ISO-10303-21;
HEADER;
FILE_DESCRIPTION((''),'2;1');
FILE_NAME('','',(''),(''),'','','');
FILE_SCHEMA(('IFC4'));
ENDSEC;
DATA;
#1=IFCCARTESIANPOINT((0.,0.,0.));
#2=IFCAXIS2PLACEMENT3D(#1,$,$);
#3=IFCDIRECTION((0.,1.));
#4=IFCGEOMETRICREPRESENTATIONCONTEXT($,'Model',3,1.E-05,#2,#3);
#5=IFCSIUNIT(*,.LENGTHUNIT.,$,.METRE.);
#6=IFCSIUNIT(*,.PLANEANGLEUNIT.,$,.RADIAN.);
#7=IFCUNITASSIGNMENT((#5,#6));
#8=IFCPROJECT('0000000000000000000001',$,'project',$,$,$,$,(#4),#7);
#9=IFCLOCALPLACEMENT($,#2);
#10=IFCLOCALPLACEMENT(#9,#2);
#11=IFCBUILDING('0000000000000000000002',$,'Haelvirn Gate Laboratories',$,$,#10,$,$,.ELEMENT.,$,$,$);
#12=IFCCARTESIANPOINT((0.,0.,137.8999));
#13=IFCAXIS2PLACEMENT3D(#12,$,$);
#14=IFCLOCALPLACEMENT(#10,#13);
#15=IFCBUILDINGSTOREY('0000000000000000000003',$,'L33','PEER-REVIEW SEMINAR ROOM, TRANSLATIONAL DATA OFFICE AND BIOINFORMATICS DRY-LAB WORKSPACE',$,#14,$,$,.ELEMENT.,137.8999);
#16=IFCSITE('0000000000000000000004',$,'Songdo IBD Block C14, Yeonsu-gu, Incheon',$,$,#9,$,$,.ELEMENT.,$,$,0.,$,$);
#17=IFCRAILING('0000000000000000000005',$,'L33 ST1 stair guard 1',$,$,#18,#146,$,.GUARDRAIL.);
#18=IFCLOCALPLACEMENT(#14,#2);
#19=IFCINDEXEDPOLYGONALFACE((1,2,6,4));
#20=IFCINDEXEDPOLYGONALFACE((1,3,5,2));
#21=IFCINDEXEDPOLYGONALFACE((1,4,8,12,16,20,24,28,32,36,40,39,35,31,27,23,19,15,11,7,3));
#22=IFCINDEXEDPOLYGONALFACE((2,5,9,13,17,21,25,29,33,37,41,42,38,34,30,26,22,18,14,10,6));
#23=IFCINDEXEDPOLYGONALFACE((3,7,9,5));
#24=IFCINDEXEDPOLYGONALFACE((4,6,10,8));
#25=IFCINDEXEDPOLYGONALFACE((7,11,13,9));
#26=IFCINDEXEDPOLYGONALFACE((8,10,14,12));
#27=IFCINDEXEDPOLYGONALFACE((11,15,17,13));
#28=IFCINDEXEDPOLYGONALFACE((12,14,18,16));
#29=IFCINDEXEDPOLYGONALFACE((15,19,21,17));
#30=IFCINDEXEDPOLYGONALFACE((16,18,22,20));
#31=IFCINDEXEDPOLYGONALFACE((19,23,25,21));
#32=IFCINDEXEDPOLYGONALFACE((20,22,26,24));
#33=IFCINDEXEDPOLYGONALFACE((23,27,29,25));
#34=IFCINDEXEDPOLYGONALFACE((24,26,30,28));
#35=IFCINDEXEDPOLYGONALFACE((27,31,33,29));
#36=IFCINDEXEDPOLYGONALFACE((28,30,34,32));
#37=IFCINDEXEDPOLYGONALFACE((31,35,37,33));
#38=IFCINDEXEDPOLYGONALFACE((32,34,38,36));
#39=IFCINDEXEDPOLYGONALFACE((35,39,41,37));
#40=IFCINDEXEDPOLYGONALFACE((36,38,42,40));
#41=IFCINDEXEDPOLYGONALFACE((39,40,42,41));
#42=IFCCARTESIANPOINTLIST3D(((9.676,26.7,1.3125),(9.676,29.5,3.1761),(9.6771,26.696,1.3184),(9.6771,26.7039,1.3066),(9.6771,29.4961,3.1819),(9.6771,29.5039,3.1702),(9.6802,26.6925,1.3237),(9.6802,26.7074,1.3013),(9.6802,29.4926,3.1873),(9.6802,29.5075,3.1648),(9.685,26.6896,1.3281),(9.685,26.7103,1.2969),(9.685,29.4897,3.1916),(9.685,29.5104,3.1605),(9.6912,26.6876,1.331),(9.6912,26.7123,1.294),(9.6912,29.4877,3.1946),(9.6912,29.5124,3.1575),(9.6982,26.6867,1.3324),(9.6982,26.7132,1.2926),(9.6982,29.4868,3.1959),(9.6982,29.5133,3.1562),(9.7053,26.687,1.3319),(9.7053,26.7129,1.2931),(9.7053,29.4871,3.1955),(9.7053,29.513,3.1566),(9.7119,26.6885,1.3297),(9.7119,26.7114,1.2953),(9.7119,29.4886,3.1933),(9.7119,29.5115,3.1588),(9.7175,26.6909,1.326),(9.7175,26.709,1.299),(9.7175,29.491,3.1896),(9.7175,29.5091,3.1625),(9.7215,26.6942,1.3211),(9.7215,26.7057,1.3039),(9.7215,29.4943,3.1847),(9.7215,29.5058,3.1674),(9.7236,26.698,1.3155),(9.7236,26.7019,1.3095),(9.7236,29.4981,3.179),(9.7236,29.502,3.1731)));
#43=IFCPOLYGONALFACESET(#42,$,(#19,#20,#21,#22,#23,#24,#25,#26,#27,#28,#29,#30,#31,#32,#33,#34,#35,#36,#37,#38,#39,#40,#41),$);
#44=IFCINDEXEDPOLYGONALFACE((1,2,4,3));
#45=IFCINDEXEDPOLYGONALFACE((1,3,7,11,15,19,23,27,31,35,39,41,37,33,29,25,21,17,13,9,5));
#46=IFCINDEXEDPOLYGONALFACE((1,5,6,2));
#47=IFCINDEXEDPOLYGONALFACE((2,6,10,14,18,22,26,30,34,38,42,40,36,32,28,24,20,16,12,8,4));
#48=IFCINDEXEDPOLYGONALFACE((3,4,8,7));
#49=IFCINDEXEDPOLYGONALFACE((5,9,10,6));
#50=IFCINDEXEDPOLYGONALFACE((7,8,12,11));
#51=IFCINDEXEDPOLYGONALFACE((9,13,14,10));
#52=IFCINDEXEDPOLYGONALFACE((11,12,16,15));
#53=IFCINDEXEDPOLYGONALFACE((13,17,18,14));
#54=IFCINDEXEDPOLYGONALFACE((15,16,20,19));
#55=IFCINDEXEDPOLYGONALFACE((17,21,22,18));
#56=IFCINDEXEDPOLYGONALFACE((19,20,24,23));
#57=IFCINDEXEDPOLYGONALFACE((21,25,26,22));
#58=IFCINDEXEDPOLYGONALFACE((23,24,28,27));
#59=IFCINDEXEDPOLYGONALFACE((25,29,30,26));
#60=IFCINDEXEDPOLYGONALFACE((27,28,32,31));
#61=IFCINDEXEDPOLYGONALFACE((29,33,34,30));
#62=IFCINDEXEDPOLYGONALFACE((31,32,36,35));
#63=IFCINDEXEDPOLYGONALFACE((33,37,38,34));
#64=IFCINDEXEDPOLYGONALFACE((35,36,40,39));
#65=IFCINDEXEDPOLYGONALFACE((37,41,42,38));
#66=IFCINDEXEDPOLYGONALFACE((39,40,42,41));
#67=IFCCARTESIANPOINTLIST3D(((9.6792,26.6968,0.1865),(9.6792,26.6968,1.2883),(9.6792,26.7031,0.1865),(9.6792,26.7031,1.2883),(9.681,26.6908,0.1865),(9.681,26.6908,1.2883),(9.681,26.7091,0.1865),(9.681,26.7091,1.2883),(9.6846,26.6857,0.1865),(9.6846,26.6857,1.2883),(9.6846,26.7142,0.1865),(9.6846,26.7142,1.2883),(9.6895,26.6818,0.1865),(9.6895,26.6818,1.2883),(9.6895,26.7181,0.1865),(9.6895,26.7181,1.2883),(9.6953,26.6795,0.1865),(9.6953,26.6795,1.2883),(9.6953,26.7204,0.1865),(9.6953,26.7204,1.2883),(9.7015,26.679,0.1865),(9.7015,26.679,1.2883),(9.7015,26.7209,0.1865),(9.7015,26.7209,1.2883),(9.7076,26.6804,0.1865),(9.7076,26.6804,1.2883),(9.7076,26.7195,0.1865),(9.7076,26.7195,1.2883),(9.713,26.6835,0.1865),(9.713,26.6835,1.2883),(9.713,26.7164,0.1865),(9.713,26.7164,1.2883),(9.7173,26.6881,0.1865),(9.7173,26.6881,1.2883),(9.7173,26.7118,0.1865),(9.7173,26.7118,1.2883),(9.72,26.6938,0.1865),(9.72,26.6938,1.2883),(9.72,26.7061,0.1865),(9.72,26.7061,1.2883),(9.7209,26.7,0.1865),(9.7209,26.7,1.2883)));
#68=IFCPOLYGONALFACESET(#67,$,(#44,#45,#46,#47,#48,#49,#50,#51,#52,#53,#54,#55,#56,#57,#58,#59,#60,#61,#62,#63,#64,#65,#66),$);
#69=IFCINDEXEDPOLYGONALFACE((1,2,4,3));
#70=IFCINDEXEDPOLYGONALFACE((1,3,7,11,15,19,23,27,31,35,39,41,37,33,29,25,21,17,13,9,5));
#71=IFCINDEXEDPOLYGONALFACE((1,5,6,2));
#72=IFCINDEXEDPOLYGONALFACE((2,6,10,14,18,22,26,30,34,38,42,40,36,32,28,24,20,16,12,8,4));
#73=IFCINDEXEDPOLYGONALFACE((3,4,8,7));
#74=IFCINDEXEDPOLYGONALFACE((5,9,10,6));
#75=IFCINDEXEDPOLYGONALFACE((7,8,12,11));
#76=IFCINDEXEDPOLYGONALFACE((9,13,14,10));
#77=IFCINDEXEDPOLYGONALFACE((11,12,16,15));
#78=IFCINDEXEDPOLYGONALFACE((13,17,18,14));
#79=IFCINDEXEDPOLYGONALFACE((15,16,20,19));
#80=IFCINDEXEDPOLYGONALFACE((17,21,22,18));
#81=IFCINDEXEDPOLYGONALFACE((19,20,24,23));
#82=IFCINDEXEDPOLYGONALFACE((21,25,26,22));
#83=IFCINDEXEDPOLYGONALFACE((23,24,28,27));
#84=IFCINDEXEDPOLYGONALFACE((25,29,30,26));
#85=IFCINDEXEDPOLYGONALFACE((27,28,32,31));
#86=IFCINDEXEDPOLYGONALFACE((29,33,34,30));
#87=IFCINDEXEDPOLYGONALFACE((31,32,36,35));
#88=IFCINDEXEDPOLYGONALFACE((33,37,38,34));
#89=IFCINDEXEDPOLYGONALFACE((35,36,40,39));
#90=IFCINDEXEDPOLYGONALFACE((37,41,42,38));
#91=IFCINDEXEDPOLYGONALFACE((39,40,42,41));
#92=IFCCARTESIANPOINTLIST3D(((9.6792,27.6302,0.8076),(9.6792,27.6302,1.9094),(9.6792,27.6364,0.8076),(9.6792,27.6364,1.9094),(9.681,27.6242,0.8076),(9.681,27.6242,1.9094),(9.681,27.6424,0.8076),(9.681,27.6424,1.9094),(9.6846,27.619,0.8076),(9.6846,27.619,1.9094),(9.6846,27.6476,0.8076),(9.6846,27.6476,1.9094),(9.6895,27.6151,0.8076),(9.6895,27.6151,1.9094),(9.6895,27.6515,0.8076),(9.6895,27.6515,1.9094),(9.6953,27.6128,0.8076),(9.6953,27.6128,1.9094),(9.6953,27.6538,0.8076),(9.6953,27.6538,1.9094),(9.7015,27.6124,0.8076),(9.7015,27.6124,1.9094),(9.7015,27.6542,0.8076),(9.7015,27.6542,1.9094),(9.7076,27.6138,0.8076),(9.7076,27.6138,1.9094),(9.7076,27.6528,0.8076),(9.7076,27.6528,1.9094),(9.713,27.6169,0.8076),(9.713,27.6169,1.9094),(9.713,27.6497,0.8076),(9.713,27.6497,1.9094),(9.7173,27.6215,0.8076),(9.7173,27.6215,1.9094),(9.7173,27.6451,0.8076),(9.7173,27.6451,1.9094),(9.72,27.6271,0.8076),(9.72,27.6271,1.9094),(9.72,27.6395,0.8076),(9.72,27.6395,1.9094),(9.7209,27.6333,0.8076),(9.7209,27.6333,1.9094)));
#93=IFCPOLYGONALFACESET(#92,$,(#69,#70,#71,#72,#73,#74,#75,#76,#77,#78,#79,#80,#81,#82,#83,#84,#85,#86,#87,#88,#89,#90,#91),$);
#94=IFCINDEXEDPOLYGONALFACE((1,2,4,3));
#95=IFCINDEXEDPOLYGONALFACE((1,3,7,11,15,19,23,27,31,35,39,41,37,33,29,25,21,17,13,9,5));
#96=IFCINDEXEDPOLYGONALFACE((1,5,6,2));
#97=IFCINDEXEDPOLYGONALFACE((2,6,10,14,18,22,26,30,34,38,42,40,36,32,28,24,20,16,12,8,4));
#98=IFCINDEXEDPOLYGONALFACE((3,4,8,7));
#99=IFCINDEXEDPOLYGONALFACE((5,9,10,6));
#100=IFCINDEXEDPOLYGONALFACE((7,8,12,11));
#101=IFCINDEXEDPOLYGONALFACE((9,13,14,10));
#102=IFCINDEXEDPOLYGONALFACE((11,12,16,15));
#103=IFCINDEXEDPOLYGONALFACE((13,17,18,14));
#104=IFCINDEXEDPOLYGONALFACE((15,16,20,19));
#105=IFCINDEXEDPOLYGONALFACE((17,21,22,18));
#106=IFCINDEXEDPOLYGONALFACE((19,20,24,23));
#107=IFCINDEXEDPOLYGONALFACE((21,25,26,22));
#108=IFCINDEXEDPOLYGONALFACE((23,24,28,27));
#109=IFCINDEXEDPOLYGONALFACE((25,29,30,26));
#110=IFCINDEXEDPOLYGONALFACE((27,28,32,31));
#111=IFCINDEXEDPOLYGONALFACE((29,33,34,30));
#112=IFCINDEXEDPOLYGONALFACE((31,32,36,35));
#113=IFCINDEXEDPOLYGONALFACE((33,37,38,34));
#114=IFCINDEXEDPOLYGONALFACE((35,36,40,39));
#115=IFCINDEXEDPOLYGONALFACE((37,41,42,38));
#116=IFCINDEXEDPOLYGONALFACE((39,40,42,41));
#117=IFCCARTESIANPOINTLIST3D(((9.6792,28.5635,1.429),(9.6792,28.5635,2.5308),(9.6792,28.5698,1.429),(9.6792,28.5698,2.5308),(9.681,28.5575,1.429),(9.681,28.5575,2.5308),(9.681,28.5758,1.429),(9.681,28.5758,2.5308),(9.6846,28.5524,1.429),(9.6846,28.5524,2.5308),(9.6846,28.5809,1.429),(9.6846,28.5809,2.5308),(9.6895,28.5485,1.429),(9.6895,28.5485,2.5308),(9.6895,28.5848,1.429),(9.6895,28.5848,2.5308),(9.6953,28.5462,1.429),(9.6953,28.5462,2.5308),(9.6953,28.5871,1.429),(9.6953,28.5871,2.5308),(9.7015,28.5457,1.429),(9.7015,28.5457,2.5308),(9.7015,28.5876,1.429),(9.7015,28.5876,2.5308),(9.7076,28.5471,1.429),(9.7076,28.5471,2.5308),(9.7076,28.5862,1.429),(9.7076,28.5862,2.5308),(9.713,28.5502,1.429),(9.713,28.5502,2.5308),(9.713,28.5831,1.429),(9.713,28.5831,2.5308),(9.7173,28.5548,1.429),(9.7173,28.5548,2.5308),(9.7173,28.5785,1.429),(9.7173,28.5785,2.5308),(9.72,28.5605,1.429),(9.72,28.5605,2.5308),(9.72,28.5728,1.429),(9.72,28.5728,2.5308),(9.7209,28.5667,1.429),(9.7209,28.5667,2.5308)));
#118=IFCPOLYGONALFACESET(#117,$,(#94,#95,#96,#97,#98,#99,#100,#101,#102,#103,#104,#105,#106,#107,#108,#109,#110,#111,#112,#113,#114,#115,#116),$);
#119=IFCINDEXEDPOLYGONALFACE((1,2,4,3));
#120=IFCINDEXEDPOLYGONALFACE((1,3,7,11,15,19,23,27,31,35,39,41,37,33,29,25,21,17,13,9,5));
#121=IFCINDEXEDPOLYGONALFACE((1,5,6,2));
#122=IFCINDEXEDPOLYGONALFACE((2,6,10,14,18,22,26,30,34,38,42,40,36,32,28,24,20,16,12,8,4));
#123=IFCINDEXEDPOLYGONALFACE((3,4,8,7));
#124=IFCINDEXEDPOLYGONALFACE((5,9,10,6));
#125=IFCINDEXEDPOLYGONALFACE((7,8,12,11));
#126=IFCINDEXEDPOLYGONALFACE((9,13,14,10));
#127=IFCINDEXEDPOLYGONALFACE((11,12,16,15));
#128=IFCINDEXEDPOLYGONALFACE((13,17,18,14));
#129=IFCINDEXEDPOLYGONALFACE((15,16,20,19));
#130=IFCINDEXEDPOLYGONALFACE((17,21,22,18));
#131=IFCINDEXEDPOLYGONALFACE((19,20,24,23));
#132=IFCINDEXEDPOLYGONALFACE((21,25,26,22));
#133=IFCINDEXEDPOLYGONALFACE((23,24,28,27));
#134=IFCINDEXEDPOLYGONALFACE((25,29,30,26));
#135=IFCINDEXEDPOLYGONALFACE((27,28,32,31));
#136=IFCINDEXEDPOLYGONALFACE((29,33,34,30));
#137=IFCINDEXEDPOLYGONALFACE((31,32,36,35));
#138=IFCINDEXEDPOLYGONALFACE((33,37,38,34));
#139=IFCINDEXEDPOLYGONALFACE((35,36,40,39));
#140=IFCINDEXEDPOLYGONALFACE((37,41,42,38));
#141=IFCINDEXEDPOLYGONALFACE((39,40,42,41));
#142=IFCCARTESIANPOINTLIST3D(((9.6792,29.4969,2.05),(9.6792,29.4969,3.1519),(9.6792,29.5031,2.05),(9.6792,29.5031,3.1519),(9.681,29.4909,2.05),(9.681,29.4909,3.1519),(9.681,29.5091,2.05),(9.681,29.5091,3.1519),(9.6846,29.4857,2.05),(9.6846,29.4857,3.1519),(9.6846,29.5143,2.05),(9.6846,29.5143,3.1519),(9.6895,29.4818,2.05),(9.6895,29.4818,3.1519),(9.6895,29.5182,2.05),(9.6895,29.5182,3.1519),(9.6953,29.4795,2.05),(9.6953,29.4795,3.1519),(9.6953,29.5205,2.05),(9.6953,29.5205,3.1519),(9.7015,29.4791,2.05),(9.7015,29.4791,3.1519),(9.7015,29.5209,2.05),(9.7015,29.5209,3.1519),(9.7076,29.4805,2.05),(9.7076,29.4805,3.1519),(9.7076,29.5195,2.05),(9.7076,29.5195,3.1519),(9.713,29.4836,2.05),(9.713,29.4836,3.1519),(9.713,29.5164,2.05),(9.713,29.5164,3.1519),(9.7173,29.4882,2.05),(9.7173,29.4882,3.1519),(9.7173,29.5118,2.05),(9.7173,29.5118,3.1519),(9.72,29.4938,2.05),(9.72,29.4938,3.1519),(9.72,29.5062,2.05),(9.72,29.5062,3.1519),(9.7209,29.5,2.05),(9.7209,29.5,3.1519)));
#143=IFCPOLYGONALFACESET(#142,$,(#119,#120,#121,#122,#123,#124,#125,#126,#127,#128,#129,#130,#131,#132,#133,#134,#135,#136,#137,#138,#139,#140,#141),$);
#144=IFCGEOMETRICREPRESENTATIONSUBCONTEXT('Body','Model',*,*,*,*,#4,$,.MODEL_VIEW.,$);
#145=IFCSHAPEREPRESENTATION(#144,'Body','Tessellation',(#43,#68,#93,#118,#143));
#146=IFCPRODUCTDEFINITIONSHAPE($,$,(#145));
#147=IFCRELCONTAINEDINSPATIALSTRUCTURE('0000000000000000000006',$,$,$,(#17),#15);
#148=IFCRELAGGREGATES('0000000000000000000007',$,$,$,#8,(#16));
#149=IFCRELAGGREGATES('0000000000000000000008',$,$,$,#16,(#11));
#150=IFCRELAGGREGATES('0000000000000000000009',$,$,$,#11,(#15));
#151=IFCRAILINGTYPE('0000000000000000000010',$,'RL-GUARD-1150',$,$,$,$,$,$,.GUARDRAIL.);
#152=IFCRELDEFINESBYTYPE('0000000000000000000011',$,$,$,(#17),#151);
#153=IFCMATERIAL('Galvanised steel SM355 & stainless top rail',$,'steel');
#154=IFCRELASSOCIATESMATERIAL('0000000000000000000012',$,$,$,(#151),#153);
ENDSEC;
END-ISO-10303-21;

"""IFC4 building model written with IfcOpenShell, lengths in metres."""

from ifc_helpers import new_model, si_unit, direction, frame, origin, origin_2d, place, context, subcontext, project, spatial, circle, extrude, source, transform, mapped, material, type_object, type_shapes, element, save


model = new_model("IFC4")

# Units and contexts
model_context = context("Model", 3, precision=1e-05, world=origin(), true_north=direction((0.0, 1.0)))
body_context = subcontext(model_context, "Body", "Model", "MODEL_VIEW")
ifc_project = project(units=[si_unit("LENGTHUNIT", "METRE"), si_unit("PLANEANGLEUNIT", "RADIAN")], contexts=[model_context])

# Site, building, storey
site_placement = place(None, origin())
site = spatial("IfcSite", under=ifc_project, at=site_placement, Name="Songdo IBD Block C14, Yeonsu-gu, Incheon", CompositionType="ELEMENT", RefElevation=0.0)
building_placement = place(site_placement, origin())
building = spatial("IfcBuilding", under=site, at=building_placement, Name="Haelvirn Gate Laboratories", CompositionType="ELEMENT")
storey_placement = place(building_placement, frame((0.0, 0.0, 137.8999)))
storey = spatial("IfcBuildingStorey", under=building, at=storey_placement, Name="L33", Description="PEER-REVIEW SEMINAR ROOM, TRANSLATIONAL DATA OFFICE AND BIOINFORMATICS DRY-LAB WORKSPACE", CompositionType="ELEMENT", Elevation=137.8999)

# Railing
ifc_material_1 = material(Name="Galvanised steel SM355 & stainless top rail", Category="steel")
railing_type_1 = type_object("IfcRailingType", Name="RL-GUARD-1150", PredefinedType="GUARDRAIL", material=ifc_material_1)
shared_shape_1 = source(origin(), body_context, "Body", "SweptSolid", [
    extrude(circle(Radius=0.0239, at=origin_2d()), frame((0.0, 0.0, 1.126), z_axis=(0.0, 0.832486, 0.554047), x_axis=(-1.0, 0.0, 0.0)), (0.0, 0.0, 1.0), 3.3635),
    extrude(circle(Radius=0.021, at=origin_2d()), origin(), (0.0, 0.0, 1.0), 1.1018),
    extrude(circle(Radius=0.021, at=origin_2d()), frame((0.0, 0.9333, 0.6211)), (0.0, 0.0, 1.0), 1.1018),
    extrude(circle(Radius=0.021, at=origin_2d()), frame((0.0, 1.8667, 1.2424)), (0.0, 0.0, 1.0), 1.1018),
    extrude(circle(Radius=0.021, at=origin_2d()), frame((0.0, 2.8, 1.8635)), (0.0, 0.0, 1.0), 1.1018),
])
type_shapes(railing_type_1, [shared_shape_1])
railing_1_placement = place(storey_placement, frame((9.7, 26.7, 0.1865)))
element("IfcRailing", 1, at=railing_1_placement, inside=storey, type_object=railing_type_1, Name="L33 ST1 stair guard 1", PredefinedType="GUARDRAIL", context=body_context, shape_type="MappedRepresentation", body=[
    mapped(shared_shape_1, transform((0.0, 0.0, 0.0), scale=1.0)),
])

save(model, "model.ifc")
